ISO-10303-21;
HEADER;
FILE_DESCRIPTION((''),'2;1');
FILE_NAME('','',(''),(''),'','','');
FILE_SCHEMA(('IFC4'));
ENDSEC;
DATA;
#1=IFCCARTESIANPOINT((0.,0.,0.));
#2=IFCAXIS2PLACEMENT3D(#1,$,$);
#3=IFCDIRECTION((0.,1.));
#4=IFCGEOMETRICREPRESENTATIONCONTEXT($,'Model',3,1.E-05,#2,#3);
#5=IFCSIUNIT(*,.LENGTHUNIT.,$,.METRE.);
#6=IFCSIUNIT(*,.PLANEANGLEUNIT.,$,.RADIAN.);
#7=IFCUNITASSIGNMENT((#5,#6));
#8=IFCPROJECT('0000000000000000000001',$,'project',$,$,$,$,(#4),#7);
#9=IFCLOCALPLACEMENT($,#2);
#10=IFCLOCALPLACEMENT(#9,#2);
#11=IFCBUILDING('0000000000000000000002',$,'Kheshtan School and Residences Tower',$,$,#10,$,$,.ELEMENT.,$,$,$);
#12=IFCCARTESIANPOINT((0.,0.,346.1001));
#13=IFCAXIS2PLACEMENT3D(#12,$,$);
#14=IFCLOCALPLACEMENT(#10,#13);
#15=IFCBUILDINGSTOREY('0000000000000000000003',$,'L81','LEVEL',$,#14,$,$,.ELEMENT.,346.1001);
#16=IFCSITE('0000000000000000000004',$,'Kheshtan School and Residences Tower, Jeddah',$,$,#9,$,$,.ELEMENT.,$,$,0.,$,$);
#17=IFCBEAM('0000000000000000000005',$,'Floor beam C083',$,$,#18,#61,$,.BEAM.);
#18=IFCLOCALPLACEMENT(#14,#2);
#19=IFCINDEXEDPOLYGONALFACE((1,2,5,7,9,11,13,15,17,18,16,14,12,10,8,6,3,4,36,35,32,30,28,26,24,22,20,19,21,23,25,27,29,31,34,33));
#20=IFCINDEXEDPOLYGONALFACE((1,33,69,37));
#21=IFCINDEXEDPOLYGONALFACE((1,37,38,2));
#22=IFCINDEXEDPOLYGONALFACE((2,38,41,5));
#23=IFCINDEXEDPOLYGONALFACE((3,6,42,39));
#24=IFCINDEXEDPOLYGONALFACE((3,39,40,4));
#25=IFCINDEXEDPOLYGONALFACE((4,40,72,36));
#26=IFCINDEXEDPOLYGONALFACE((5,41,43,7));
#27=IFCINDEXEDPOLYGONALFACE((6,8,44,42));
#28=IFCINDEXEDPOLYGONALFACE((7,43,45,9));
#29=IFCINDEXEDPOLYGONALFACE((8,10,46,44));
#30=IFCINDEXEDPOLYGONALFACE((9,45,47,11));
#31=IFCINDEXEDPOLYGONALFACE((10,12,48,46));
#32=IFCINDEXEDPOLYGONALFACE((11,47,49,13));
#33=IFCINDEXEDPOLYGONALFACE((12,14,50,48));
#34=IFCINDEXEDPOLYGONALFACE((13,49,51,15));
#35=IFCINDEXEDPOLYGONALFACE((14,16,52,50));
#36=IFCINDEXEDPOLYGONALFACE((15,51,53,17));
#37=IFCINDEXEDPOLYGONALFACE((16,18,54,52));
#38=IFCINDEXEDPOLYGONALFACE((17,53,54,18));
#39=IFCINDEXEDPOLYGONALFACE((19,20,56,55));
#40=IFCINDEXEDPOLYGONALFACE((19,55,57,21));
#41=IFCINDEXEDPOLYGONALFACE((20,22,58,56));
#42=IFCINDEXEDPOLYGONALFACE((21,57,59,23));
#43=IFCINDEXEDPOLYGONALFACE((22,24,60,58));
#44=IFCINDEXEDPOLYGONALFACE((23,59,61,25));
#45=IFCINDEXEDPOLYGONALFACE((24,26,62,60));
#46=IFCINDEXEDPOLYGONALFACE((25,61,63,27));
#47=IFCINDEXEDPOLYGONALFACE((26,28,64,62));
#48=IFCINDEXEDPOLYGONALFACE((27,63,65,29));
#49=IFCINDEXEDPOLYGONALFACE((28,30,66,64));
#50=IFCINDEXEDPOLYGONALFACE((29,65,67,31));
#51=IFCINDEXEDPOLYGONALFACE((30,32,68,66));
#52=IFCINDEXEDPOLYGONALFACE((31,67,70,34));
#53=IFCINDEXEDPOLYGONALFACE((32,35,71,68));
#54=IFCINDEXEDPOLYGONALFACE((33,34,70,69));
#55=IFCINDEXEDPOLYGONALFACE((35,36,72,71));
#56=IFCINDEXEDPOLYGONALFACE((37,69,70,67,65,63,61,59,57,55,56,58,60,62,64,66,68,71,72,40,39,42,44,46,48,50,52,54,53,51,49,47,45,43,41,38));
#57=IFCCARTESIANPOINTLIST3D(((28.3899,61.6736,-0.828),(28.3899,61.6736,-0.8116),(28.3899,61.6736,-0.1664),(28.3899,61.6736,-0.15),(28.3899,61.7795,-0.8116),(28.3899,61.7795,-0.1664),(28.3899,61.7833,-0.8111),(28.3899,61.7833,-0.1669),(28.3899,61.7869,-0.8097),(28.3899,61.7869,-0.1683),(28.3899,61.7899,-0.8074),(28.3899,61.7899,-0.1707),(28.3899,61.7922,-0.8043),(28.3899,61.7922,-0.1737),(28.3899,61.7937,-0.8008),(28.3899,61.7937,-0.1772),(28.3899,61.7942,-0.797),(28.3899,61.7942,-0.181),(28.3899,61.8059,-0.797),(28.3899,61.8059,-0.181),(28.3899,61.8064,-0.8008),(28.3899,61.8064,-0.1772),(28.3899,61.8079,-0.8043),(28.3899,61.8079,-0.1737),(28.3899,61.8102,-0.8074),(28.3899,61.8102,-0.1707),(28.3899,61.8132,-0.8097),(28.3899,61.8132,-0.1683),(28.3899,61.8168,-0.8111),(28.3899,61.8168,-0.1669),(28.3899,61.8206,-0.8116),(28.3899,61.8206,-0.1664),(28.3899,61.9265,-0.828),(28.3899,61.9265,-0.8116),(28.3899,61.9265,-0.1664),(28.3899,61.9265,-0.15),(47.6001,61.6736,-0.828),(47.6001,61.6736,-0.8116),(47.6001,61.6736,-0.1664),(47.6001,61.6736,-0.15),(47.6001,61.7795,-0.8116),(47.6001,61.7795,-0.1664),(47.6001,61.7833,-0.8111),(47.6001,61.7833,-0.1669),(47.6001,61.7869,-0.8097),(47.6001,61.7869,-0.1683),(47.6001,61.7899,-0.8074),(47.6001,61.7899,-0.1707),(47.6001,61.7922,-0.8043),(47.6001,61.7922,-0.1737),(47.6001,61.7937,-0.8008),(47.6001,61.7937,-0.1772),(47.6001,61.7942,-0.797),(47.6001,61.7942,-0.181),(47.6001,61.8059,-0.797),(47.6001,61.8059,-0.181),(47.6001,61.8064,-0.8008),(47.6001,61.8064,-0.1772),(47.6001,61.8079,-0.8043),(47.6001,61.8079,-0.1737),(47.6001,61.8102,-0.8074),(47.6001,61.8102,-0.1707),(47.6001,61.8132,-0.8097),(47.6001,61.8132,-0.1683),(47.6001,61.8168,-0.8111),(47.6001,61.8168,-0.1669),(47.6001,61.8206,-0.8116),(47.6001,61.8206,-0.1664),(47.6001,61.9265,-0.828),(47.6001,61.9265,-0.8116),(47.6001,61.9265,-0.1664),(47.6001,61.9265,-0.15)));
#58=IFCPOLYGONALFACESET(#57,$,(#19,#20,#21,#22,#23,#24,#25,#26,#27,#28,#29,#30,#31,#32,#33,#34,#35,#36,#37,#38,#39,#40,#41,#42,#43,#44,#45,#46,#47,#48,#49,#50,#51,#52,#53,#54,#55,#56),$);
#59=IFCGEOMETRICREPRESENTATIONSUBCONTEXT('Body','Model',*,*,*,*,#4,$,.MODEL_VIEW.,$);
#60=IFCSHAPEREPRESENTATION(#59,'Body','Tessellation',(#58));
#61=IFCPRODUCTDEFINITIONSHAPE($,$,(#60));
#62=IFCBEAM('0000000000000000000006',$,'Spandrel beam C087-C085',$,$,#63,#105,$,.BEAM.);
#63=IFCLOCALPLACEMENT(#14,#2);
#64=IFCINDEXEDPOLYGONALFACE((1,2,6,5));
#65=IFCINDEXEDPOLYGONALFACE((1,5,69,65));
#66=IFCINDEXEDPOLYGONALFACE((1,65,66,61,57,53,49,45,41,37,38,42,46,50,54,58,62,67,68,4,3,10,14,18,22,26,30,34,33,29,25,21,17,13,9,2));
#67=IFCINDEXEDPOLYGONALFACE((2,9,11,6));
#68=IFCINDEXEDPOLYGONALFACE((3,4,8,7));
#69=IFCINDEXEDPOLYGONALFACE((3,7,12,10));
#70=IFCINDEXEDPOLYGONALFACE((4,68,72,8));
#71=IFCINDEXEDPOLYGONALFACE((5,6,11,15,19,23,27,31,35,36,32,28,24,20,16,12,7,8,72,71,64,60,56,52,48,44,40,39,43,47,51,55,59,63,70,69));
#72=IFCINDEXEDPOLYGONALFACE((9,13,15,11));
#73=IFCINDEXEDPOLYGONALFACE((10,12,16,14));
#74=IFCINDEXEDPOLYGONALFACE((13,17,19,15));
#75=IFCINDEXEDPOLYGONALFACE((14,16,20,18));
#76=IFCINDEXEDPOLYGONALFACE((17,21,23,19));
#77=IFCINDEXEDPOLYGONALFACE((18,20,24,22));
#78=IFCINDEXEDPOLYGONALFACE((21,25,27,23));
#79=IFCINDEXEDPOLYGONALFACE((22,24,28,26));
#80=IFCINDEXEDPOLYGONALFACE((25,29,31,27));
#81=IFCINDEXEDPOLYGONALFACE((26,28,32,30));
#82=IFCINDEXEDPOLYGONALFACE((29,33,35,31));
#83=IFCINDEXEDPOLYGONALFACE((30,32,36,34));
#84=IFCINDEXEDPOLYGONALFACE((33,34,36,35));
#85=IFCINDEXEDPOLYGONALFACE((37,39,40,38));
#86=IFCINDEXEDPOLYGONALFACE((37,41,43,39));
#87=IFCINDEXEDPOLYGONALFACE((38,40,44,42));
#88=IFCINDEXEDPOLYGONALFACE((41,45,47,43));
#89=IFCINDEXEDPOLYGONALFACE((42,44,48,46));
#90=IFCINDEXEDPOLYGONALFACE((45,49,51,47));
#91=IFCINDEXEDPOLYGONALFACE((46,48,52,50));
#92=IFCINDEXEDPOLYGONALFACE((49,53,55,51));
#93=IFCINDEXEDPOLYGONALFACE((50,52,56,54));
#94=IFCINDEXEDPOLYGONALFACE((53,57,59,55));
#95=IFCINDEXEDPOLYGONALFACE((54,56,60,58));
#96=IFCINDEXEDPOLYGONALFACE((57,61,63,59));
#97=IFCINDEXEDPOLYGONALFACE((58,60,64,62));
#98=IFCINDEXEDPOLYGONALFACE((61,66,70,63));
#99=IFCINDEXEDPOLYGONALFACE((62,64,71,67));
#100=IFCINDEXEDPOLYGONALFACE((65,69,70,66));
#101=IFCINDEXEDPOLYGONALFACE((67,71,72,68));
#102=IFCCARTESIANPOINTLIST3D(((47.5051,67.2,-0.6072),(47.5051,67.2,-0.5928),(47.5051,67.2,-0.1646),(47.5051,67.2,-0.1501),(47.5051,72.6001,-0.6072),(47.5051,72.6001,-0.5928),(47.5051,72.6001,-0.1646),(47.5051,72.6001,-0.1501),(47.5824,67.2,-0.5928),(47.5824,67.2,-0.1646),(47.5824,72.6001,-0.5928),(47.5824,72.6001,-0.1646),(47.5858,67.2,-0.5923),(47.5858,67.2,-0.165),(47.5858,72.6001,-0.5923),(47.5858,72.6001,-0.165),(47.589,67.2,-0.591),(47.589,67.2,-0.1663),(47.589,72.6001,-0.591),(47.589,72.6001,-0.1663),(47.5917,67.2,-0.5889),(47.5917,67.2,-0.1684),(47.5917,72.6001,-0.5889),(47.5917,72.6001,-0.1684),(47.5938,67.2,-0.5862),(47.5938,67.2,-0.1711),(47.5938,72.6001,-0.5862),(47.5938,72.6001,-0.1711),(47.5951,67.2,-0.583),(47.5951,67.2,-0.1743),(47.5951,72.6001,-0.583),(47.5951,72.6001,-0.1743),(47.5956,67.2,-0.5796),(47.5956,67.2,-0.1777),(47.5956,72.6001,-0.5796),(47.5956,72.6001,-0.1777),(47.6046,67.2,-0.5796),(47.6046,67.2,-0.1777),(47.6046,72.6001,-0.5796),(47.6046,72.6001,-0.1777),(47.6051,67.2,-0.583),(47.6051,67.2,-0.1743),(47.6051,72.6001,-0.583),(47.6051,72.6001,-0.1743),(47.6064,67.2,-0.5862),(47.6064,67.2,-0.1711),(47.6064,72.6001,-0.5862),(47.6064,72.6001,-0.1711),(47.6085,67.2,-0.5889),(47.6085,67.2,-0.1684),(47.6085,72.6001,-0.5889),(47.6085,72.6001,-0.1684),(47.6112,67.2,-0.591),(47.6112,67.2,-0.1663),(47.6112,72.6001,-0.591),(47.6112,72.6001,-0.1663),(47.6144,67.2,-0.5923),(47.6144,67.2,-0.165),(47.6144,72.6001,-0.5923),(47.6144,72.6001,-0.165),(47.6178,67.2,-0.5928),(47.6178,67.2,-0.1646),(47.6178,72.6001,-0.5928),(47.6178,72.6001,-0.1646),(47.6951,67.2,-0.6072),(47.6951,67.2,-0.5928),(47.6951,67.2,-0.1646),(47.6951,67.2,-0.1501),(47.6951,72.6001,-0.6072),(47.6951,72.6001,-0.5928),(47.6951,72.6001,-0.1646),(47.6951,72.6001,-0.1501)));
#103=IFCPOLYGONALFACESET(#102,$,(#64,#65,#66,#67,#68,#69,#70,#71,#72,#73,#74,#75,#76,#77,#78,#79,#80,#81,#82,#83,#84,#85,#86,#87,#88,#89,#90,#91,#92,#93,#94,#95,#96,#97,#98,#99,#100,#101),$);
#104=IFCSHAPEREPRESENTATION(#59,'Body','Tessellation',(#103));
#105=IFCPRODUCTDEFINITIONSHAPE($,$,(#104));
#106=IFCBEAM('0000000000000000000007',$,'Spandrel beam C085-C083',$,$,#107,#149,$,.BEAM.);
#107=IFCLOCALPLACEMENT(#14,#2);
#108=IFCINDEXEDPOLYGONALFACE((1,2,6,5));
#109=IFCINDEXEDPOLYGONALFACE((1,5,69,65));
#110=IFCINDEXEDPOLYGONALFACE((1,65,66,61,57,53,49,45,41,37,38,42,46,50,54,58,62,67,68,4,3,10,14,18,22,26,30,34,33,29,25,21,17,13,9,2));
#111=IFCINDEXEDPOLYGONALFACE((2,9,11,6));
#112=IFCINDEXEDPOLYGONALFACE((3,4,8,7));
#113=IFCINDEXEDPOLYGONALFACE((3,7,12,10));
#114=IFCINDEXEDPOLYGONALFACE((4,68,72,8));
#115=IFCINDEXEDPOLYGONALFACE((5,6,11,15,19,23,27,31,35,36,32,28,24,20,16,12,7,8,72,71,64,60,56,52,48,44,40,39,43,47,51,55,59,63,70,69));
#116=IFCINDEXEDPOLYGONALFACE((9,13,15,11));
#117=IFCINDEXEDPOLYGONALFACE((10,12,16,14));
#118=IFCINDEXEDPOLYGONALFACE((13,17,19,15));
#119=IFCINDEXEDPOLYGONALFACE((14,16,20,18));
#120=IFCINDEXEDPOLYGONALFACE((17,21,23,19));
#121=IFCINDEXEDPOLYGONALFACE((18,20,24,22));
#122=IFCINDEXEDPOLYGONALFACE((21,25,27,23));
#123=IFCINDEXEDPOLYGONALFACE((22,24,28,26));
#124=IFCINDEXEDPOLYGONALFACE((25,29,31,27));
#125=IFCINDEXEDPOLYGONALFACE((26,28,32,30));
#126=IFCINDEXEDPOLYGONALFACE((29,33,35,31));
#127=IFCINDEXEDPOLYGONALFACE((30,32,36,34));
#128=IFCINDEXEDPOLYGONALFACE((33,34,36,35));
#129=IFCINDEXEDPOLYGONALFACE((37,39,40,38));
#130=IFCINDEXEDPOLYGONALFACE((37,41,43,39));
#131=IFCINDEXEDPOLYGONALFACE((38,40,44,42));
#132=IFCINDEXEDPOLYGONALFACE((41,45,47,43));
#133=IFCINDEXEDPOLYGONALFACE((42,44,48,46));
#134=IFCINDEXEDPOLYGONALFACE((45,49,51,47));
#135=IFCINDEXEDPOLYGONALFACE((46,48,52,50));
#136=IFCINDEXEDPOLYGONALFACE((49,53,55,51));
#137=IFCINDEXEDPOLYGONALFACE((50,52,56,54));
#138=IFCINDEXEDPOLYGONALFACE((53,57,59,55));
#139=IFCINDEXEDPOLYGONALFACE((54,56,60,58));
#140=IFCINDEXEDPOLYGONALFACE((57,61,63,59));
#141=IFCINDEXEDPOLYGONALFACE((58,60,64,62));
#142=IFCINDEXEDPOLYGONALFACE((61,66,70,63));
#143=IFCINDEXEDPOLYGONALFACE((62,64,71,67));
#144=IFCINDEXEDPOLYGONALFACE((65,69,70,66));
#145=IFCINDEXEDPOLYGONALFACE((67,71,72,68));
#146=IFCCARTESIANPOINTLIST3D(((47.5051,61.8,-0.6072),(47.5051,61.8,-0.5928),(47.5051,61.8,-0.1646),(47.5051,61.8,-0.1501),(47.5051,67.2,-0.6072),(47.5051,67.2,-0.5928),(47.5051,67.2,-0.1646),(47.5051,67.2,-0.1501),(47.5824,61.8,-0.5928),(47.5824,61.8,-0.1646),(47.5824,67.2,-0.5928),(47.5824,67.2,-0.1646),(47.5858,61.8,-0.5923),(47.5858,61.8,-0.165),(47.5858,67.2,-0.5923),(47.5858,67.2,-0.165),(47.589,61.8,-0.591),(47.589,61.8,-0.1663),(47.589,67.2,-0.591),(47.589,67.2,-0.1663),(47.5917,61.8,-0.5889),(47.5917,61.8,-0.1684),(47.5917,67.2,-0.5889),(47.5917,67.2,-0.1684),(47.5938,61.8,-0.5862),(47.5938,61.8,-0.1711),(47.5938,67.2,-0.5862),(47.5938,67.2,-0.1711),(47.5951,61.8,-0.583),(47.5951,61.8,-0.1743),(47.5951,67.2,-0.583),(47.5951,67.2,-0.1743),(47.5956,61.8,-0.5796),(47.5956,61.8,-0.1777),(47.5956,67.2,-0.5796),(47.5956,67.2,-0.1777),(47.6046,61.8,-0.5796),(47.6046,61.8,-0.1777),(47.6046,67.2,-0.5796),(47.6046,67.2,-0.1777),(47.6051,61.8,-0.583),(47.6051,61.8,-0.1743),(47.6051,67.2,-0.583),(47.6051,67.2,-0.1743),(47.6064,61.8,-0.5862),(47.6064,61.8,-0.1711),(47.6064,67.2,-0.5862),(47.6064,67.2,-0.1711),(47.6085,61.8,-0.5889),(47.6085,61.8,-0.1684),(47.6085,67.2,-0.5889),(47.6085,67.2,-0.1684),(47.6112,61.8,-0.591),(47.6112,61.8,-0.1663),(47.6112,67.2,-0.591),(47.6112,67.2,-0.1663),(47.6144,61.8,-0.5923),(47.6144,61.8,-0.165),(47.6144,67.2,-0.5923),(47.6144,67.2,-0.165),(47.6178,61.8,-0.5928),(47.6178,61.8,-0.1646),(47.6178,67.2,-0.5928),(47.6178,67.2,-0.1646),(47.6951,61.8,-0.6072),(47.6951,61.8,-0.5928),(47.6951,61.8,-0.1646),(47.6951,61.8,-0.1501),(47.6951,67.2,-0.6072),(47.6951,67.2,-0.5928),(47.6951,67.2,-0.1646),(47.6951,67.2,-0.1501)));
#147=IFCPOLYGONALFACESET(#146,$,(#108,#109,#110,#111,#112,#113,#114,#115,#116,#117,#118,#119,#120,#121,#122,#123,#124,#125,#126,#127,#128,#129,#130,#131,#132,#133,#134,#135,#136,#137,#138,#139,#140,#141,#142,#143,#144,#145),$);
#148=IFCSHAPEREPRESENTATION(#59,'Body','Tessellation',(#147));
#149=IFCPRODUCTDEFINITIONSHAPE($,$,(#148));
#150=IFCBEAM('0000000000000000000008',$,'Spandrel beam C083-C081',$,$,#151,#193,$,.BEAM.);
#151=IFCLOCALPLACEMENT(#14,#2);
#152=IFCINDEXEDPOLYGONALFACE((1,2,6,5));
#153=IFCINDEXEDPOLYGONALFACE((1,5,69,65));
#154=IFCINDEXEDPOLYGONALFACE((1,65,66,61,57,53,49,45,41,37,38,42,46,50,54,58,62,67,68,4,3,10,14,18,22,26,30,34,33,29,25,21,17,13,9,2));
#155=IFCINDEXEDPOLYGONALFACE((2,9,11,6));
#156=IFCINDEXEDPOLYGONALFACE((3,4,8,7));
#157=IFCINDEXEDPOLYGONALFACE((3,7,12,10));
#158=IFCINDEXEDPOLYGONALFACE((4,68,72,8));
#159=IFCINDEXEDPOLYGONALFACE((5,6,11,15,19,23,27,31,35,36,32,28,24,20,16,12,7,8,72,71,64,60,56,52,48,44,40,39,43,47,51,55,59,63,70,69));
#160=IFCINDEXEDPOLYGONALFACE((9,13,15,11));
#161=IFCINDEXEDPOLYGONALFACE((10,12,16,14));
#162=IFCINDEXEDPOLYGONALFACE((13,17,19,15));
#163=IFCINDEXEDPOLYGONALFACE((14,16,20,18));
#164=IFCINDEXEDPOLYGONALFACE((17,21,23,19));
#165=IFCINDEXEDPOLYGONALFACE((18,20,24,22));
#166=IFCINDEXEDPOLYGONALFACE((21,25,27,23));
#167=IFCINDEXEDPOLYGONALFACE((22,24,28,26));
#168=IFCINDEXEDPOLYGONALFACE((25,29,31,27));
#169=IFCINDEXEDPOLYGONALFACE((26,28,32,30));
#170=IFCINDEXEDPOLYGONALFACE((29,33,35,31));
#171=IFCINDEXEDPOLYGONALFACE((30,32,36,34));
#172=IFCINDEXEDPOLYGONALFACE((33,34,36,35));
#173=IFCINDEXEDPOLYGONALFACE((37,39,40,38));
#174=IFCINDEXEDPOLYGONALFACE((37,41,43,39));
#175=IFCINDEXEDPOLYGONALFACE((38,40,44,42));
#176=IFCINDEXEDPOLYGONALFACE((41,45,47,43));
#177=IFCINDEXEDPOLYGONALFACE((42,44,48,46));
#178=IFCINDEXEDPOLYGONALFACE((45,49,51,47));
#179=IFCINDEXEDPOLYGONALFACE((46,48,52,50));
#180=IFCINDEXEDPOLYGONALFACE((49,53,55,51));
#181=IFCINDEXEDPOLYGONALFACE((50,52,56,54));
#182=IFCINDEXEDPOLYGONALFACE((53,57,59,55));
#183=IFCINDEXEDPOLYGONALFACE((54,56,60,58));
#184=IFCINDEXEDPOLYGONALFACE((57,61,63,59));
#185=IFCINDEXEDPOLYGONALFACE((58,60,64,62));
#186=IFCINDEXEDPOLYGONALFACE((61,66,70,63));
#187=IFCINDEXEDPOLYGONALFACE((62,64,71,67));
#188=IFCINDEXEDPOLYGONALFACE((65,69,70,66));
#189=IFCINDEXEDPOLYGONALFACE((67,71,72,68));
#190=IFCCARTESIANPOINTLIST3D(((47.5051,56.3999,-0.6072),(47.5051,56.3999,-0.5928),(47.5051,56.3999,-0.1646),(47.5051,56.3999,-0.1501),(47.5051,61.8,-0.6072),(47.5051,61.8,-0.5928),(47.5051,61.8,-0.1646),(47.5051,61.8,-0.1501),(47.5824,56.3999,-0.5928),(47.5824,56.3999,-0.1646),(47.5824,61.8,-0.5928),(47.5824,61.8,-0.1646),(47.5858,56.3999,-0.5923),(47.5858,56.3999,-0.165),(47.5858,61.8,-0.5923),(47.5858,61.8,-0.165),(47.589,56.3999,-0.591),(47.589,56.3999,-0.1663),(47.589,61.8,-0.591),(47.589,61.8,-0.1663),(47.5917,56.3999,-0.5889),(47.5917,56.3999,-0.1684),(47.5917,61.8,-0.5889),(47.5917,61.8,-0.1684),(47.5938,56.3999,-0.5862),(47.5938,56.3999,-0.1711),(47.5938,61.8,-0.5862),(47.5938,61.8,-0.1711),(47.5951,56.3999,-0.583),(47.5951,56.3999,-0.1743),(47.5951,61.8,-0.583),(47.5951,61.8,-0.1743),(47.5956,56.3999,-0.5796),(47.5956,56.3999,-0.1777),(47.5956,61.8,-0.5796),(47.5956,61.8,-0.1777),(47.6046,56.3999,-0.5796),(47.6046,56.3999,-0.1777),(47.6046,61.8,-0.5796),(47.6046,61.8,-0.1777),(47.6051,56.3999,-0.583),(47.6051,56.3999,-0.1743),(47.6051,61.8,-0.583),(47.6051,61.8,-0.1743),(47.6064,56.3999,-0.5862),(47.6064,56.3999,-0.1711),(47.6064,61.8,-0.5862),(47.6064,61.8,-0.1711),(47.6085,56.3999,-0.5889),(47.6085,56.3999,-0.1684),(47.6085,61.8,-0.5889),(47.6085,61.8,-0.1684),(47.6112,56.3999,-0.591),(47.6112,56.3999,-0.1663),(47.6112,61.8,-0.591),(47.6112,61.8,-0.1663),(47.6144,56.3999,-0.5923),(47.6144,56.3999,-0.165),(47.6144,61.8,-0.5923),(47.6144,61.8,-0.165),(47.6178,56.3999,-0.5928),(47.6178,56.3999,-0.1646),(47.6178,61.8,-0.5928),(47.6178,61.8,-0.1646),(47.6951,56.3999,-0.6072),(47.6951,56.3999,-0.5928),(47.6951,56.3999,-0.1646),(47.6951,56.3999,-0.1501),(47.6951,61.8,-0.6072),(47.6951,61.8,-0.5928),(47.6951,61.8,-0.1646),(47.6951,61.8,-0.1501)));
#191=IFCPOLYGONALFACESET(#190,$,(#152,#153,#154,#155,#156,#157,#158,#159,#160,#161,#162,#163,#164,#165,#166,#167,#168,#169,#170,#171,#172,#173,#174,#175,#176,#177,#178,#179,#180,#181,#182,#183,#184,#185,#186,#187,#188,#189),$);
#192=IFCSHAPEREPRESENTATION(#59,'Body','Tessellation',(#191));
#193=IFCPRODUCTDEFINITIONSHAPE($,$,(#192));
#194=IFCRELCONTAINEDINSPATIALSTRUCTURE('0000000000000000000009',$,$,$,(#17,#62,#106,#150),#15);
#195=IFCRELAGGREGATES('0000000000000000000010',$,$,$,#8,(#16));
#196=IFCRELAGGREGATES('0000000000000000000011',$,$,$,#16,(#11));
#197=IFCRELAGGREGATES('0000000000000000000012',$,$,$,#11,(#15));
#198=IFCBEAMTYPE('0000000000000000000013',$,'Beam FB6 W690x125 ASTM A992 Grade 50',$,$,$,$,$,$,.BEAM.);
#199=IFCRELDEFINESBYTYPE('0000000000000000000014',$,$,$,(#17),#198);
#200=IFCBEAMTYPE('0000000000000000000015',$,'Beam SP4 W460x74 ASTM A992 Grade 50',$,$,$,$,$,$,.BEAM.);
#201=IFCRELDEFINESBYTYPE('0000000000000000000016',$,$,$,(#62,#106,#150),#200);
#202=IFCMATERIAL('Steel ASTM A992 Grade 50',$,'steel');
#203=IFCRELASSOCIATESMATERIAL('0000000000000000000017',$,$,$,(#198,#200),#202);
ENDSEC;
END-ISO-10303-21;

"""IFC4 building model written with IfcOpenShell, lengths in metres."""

from ifc_helpers import new_model, si_unit, direction, frame, origin, origin_2d, place, context, subcontext, project, spatial, i_section, extrude, material, material_profile, profile_set, type_object, element, save


model = new_model("IFC4")

# Units and contexts
model_context = context("Model", 3, precision=1e-05, world=origin(), true_north=direction((0.0, 1.0)))
body_context = subcontext(model_context, "Body", "Model", "MODEL_VIEW")
ifc_project = project(units=[si_unit("LENGTHUNIT", "METRE"), si_unit("PLANEANGLEUNIT", "RADIAN")], contexts=[model_context])

# Site, building, storey
site_placement = place(None, origin())
site = spatial("IfcSite", under=ifc_project, at=site_placement, Name="Kheshtan School and Residences Tower, Jeddah", CompositionType="ELEMENT", RefElevation=0.0)
building_placement = place(site_placement, origin())
building = spatial("IfcBuilding", under=site, at=building_placement, Name="Kheshtan School and Residences Tower", CompositionType="ELEMENT")
storey_placement = place(building_placement, frame((0.0, 0.0, 346.1001)))
storey = spatial("IfcBuildingStorey", under=building, at=storey_placement, Name="L81", Description="LEVEL", CompositionType="ELEMENT", Elevation=346.1001)

# Shared definitions
ifc_material_1 = material(Name="Steel ASTM A992 Grade 50", Category="steel")

# Beams
ifc_material_profile_1 = material_profile(ifc_material_1, i_section(OverallWidth=0.2529, OverallDepth=0.678, WebThickness=0.0117, FlangeThickness=0.0164, FilletRadius=0.0146, at=origin_2d()), Name="W690x125")
ifc_profile_set_1 = profile_set([ifc_material_profile_1], Name="Steel ASTM A992 Grade 50")
beam_type_1 = type_object("IfcBeamType", Name="Beam FB6 W690x125 ASTM A992 Grade 50", PredefinedType="BEAM", material=ifc_profile_set_1)
beam_1_placement = place(storey_placement, frame((47.6001, 61.8, -0.489), z_axis=(-1.0, 0.0, 0.0), x_axis=(0.0, -1.0, 0.0)))
element("IfcBeam", 1, at=beam_1_placement, inside=storey, type_object=beam_type_1, Name="Floor beam C083", PredefinedType="BEAM", context=body_context, shape_type="SweptSolid", body=[
    extrude(i_section(OverallWidth=0.2529, OverallDepth=0.678, WebThickness=0.0117, FlangeThickness=0.0164, FilletRadius=0.0146, at=origin_2d()), origin(), (0.0, 0.0, 1.0), 19.2102),
])
ifc_material_profile_2 = material_profile(ifc_material_1, i_section(OverallWidth=0.1899, OverallDepth=0.457, WebThickness=0.009, FlangeThickness=0.0144, FilletRadius=0.0132, at=origin_2d()), Name="W460x74")
ifc_profile_set_2 = profile_set([ifc_material_profile_2], Name="Steel ASTM A992 Grade 50")
beam_type_2 = type_object("IfcBeamType", Name="Beam SP4 W460x74 ASTM A992 Grade 50", PredefinedType="BEAM", material=ifc_profile_set_2)
beam_2_placement = place(storey_placement, frame((47.6001, 72.6001, -0.3787), z_axis=(0.0, -1.0, 0.0), x_axis=(1.0, 0.0, 0.0)))
element("IfcBeam", 2, at=beam_2_placement, inside=storey, type_object=beam_type_2, Name="Spandrel beam C087-C085", PredefinedType="BEAM", context=body_context, shape_type="SweptSolid", body=[
    extrude(i_section(OverallWidth=0.1899, OverallDepth=0.457, WebThickness=0.009, FlangeThickness=0.0144, FilletRadius=0.0132, at=origin_2d()), origin(), (0.0, 0.0, 1.0), 5.4001),
])
beam_3_placement = place(storey_placement, frame((47.6001, 67.2, -0.3787), z_axis=(0.0, -1.0, 0.0), x_axis=(1.0, 0.0, 0.0)))
element("IfcBeam", 3, at=beam_3_placement, inside=storey, type_object=beam_type_2, Name="Spandrel beam C085-C083", PredefinedType="BEAM", context=body_context, shape_type="SweptSolid", body=[
    extrude(i_section(OverallWidth=0.1899, OverallDepth=0.457, WebThickness=0.009, FlangeThickness=0.0144, FilletRadius=0.0132, at=origin_2d()), origin(), (0.0, 0.0, 1.0), 5.3999),
])
beam_4_placement = place(storey_placement, frame((47.6001, 61.8, -0.3787), z_axis=(0.0, -1.0, 0.0), x_axis=(1.0, 0.0, 0.0)))
element("IfcBeam", 4, at=beam_4_placement, inside=storey, type_object=beam_type_2, Name="Spandrel beam C083-C081", PredefinedType="BEAM", context=body_context, shape_type="SweptSolid", body=[
    extrude(i_section(OverallWidth=0.1899, OverallDepth=0.457, WebThickness=0.009, FlangeThickness=0.0144, FilletRadius=0.0132, at=origin_2d()), origin(), (0.0, 0.0, 1.0), 5.4001),
])

save(model, "model.ifc")
